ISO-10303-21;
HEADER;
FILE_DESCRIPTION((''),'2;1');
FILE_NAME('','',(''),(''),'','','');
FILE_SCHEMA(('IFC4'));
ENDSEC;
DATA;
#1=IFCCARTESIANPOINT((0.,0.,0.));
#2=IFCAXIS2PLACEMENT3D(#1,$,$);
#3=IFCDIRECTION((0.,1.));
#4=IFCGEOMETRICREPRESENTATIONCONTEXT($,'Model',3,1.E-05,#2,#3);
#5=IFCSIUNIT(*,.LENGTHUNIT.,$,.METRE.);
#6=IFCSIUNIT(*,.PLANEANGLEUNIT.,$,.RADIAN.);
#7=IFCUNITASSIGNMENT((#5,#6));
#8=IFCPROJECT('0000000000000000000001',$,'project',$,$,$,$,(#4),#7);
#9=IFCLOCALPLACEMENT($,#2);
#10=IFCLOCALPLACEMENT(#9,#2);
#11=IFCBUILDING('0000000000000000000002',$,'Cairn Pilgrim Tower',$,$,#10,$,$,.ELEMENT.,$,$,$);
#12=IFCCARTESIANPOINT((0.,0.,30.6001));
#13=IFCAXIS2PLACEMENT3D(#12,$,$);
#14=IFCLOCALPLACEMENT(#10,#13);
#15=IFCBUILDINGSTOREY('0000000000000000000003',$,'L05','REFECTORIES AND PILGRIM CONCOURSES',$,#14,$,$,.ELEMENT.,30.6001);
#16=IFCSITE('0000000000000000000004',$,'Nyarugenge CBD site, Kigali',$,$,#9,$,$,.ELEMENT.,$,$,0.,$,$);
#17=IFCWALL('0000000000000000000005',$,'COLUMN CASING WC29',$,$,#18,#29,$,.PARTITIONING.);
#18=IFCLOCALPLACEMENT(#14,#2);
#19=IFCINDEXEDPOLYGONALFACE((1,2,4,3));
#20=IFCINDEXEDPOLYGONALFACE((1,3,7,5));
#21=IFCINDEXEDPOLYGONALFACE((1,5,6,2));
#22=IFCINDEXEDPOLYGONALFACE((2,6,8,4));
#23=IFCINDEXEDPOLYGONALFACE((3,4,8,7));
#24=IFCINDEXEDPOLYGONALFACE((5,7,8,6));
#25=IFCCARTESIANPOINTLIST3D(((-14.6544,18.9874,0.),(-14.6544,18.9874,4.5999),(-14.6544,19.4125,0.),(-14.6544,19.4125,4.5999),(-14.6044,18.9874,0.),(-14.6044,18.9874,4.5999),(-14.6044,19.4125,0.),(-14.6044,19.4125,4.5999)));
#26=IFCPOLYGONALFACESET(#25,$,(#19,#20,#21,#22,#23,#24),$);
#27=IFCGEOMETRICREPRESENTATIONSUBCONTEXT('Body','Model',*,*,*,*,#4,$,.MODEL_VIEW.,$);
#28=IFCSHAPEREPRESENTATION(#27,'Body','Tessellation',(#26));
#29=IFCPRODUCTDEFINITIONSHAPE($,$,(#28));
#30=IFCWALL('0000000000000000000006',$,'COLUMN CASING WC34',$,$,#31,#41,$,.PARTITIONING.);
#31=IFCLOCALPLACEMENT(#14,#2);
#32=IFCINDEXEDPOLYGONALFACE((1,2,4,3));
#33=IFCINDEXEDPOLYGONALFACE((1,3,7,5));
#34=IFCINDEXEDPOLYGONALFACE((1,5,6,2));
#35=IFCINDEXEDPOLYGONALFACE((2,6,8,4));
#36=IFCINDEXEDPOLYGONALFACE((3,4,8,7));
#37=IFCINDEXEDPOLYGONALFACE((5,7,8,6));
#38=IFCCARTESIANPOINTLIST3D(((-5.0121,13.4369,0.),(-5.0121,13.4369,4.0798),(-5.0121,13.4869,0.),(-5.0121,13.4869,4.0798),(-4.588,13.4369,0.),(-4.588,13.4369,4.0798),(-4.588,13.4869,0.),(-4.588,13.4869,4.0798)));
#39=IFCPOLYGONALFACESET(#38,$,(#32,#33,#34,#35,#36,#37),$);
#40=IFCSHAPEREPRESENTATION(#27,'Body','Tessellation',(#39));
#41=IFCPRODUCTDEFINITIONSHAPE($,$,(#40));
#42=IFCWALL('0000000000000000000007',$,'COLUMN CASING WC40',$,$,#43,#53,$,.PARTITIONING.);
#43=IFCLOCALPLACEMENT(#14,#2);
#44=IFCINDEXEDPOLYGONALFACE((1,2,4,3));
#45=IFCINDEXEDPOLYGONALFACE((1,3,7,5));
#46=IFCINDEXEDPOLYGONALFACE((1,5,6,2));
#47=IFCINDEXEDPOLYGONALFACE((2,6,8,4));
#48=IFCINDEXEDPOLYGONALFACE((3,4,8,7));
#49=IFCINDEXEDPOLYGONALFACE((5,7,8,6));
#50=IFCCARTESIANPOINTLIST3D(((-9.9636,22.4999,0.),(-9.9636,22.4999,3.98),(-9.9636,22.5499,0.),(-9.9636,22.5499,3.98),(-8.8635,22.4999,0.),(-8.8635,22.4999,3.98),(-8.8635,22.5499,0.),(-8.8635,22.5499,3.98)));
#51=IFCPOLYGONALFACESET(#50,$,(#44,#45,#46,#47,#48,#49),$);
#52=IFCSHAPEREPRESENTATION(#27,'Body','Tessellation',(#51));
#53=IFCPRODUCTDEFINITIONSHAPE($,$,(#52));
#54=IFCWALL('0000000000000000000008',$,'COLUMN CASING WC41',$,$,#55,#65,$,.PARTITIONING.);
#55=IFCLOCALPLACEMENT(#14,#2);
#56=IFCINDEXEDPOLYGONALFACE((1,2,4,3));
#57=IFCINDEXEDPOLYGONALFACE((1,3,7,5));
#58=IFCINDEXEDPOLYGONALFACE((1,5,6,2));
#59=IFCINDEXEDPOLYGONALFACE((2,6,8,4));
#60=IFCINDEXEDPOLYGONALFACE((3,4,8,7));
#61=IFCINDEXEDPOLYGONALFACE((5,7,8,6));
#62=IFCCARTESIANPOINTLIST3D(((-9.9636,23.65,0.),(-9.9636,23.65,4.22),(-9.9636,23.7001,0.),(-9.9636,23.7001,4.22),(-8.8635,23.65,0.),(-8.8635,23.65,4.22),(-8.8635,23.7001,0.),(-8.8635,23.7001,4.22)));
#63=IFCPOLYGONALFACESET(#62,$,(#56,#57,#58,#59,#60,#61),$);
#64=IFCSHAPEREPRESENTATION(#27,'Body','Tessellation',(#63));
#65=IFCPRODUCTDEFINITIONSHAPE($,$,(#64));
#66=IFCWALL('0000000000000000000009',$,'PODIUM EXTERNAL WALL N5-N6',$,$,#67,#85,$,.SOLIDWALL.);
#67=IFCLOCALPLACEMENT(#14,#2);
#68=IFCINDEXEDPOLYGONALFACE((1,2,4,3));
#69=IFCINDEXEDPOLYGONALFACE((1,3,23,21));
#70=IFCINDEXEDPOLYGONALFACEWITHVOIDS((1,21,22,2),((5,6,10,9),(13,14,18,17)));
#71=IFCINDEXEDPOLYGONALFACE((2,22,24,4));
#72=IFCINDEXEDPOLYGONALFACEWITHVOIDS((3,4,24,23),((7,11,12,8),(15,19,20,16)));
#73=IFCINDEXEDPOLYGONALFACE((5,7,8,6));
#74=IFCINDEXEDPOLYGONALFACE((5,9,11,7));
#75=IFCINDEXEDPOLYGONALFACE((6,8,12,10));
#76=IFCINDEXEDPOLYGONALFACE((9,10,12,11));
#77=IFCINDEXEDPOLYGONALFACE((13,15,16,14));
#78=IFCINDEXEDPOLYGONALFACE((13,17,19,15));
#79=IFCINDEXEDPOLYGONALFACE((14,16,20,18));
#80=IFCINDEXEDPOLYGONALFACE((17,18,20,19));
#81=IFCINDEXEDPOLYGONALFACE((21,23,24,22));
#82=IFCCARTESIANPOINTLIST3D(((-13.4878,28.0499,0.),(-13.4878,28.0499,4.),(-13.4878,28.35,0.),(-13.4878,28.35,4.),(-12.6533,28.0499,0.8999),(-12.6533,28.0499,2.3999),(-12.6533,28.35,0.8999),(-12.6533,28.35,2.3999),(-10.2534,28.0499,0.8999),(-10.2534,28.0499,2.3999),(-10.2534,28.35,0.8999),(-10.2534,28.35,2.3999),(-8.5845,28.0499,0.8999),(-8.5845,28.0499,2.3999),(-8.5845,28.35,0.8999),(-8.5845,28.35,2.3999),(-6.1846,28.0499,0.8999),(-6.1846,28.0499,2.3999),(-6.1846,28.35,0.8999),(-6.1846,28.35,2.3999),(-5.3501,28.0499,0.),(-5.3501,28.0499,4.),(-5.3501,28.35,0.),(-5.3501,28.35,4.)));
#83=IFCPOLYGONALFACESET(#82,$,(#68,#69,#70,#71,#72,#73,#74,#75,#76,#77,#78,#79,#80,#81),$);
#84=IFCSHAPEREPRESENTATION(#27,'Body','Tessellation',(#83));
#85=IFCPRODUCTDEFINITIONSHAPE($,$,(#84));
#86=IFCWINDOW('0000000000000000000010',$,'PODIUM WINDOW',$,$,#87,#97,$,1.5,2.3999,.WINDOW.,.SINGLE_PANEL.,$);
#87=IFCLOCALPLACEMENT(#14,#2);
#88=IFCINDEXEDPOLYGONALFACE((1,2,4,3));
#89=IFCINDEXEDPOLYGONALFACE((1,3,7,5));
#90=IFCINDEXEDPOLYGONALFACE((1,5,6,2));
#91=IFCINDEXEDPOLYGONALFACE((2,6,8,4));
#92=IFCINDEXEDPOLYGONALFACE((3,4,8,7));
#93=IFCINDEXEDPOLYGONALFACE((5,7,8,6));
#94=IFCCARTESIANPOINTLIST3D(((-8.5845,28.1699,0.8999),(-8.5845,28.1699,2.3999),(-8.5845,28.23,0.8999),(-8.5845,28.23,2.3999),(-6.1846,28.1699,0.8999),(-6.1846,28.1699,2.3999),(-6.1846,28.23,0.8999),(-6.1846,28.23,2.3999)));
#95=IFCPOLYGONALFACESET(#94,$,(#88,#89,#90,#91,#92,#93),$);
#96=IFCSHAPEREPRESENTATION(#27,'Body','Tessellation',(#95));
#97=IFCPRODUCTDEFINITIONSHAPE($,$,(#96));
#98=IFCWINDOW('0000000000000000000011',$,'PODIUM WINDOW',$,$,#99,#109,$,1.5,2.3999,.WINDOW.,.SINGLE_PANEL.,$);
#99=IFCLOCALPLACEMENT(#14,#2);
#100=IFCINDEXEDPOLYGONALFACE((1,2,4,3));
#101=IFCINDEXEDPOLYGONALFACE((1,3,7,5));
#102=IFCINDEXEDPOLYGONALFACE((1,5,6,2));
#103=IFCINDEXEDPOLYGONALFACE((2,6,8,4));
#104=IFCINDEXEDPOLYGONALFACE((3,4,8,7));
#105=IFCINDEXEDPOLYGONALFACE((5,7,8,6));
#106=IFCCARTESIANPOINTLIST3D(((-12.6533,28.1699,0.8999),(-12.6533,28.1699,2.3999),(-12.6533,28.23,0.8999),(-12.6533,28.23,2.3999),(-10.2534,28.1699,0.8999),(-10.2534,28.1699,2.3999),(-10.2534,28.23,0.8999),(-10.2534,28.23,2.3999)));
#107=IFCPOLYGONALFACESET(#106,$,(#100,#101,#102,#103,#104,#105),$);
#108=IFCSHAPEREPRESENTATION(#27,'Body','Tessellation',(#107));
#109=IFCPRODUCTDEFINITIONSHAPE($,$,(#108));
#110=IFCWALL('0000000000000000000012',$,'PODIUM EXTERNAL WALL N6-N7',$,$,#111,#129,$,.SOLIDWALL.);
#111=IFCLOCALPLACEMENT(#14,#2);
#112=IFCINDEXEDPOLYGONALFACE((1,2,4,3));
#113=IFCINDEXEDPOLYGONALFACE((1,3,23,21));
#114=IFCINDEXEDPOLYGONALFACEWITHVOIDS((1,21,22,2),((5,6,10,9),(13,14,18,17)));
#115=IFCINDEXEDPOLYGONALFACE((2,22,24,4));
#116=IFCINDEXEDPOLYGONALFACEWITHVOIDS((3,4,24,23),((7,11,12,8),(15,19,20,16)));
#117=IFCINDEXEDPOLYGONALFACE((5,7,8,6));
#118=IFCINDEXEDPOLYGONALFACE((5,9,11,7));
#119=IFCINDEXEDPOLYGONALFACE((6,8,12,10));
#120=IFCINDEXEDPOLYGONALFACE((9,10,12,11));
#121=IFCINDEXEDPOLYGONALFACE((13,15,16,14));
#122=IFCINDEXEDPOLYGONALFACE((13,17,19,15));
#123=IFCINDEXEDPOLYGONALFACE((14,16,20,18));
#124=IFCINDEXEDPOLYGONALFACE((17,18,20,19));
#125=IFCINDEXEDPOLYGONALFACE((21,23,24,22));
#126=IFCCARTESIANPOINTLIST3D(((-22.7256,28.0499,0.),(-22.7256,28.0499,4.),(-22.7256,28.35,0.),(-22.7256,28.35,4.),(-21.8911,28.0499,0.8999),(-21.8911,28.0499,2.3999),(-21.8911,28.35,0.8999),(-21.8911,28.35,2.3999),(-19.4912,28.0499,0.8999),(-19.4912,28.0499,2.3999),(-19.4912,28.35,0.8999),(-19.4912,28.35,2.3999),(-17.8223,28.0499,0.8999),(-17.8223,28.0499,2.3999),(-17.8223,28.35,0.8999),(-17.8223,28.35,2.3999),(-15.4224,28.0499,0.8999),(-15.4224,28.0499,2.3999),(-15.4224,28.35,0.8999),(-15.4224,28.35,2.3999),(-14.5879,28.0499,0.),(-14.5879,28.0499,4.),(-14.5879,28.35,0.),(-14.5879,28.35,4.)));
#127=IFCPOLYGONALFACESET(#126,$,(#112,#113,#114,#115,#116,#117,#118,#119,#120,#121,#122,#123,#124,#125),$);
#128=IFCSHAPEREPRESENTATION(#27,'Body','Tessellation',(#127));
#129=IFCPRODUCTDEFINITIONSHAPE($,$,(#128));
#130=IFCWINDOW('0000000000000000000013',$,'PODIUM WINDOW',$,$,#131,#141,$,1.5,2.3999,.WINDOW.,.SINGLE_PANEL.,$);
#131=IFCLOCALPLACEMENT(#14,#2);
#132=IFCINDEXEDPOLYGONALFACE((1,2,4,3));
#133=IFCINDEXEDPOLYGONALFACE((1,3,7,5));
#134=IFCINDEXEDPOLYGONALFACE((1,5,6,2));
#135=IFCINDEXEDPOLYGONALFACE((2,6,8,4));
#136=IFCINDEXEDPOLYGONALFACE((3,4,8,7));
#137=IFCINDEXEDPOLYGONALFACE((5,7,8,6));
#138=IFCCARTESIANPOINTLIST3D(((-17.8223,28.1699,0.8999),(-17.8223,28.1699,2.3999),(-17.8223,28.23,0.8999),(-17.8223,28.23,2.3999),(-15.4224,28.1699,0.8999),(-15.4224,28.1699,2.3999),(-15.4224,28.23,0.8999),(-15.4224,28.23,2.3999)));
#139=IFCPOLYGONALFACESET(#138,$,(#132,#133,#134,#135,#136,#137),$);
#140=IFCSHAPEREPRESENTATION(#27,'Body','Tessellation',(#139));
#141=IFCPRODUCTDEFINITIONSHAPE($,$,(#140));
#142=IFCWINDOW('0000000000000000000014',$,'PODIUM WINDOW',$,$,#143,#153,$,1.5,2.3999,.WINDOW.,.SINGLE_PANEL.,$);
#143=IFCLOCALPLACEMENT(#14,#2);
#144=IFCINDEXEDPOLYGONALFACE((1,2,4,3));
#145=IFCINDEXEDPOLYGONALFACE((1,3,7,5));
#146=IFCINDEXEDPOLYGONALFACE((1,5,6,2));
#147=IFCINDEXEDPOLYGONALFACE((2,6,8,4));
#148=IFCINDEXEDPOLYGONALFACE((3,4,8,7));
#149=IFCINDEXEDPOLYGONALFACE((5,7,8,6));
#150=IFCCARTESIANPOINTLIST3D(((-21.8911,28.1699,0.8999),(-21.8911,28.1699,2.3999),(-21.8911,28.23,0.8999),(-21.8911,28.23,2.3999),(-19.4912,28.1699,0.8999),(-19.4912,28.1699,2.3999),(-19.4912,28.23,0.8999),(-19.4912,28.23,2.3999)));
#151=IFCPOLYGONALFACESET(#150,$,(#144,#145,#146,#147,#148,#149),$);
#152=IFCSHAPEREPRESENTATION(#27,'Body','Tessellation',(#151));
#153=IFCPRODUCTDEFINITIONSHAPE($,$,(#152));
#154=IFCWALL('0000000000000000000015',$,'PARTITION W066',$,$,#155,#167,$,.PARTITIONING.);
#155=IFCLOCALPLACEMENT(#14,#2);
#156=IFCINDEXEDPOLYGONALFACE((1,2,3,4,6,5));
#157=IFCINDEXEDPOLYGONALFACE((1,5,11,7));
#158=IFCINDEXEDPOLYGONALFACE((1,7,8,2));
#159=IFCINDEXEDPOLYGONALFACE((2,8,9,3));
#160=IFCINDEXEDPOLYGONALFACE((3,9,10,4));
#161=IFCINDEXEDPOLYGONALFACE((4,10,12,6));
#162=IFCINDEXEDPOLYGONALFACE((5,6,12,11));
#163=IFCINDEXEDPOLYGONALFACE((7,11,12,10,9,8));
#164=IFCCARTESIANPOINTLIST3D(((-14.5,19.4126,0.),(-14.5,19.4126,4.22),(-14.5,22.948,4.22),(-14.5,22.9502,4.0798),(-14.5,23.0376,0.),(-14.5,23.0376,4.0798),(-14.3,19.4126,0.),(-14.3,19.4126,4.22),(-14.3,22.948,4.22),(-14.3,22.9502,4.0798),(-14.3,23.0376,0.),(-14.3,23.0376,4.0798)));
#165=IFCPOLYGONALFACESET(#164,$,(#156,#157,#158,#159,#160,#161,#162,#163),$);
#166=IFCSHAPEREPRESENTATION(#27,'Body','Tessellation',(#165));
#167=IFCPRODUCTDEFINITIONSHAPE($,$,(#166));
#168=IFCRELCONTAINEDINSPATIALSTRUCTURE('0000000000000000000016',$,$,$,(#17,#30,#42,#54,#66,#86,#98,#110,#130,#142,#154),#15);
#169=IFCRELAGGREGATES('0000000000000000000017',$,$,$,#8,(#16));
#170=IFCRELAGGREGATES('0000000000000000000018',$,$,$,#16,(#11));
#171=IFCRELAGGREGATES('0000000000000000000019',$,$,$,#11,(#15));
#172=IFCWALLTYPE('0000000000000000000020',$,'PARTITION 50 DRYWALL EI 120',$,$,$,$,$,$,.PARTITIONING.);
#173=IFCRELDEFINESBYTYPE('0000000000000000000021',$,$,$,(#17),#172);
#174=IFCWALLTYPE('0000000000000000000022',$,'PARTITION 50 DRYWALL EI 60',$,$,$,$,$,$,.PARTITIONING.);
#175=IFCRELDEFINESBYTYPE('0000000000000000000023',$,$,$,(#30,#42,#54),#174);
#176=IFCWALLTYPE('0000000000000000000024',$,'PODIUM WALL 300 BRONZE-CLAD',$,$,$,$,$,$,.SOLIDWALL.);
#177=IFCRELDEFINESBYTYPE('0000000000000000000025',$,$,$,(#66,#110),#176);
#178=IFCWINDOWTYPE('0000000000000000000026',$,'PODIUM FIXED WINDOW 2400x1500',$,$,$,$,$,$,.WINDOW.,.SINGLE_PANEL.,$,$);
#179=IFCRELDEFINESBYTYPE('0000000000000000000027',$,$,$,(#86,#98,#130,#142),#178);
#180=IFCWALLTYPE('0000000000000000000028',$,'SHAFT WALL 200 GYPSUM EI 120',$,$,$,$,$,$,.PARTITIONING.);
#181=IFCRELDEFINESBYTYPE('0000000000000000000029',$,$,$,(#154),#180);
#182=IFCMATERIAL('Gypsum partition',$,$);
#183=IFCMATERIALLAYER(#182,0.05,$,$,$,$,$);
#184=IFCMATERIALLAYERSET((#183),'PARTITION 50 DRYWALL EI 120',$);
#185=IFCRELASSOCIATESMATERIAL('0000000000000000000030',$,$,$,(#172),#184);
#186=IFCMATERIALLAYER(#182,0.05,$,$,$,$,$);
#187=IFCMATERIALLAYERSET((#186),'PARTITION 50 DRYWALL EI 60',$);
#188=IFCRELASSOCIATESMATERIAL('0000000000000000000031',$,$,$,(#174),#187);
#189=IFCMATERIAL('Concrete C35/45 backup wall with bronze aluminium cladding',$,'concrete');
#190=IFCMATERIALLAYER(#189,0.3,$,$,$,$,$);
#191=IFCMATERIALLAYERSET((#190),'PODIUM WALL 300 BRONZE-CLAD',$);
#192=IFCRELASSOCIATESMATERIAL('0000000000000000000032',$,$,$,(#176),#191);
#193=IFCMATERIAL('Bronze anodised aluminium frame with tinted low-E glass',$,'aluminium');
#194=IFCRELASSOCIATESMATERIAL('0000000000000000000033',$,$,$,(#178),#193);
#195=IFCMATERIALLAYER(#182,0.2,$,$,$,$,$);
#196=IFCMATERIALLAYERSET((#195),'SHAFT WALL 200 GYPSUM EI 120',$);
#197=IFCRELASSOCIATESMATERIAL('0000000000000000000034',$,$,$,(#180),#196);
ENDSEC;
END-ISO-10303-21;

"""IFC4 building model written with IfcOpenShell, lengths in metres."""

from ifc_helpers import new_model, si_unit, direction, frame, frame_2d, origin, place, context, subcontext, project, spatial, polyline, rectangle, outline, extrude, material, layer, layer_set, type_object, element, fill, save


model = new_model("IFC4")

# Units and contexts
model_context = context("Model", 3, precision=1e-05, world=origin(), true_north=direction((0.0, 1.0)))
body_context = subcontext(model_context, "Body", "Model", "MODEL_VIEW")
ifc_project = project(units=[si_unit("LENGTHUNIT", "METRE"), si_unit("PLANEANGLEUNIT", "RADIAN")], contexts=[model_context])

# Site, building, storey
site_placement = place(None, origin())
site = spatial("IfcSite", under=ifc_project, at=site_placement, Name="Nyarugenge CBD site, Kigali", CompositionType="ELEMENT", RefElevation=0.0)
building_placement = place(site_placement, origin())
building = spatial("IfcBuilding", under=site, at=building_placement, Name="Cairn Pilgrim Tower", CompositionType="ELEMENT")
storey_placement = place(building_placement, frame((0.0, 0.0, 30.6001)))
storey = spatial("IfcBuildingStorey", under=building, at=storey_placement, Name="L05", Description="REFECTORIES AND PILGRIM CONCOURSES", CompositionType="ELEMENT", Elevation=30.6001)

# Walls
ifc_material_1 = material(Name="Gypsum partition")
ifc_layer_1 = layer(ifc_material_1, 0.05)
ifc_layer_set_1 = layer_set([ifc_layer_1], Name="PARTITION 50 DRYWALL EI 120")
wall_type_1 = type_object("IfcWallType", Name="PARTITION 50 DRYWALL EI 120", PredefinedType="PARTITIONING", material=ifc_layer_set_1)
wall_1_placement = place(storey_placement, frame((-14.6294, 18.9875, 0.0), z_axis=(0.0, 0.0, 1.0), x_axis=(0.0, 1.0, 0.0)))
element("IfcWall", 1, at=wall_1_placement, inside=storey, type_object=wall_type_1, Name="COLUMN CASING WC29", PredefinedType="PARTITIONING", context=body_context, shape_type="SweptSolid", body=[
    extrude(rectangle(XDim=0.425, YDim=0.05, at=frame_2d((0.2124, 0.0))), origin(), (0.0, 0.0, 1.0), 4.5999),
])
ifc_layer_2 = layer(ifc_material_1, 0.05)
ifc_layer_set_2 = layer_set([ifc_layer_2], Name="PARTITION 50 DRYWALL EI 60")
wall_type_2 = type_object("IfcWallType", Name="PARTITION 50 DRYWALL EI 60", PredefinedType="PARTITIONING", material=ifc_layer_set_2)
wall_2_placement = place(storey_placement, frame((-5.012, 13.4619, 0.0), z_axis=(0.0, 0.0, 1.0), x_axis=(1.0, 0.0, 0.0)))
element("IfcWall", 2, at=wall_2_placement, inside=storey, type_object=wall_type_2, Name="COLUMN CASING WC34", PredefinedType="PARTITIONING", context=body_context, shape_type="SweptSolid", body=[
    extrude(rectangle(XDim=0.4241, YDim=0.05, at=frame_2d((0.2119, 0.0))), origin(), (0.0, 0.0, 1.0), 4.0798),
])
wall_3_placement = place(storey_placement, frame((-9.9636, 22.5249, 0.0), z_axis=(0.0, 0.0, 1.0), x_axis=(1.0, 0.0, 0.0)))
element("IfcWall", 3, at=wall_3_placement, inside=storey, type_object=wall_type_2, Name="COLUMN CASING WC40", PredefinedType="PARTITIONING", context=body_context, shape_type="SweptSolid", body=[
    extrude(rectangle(XDim=1.1001, YDim=0.05, at=frame_2d((0.55, 0.0))), origin(), (0.0, 0.0, 1.0), 3.98),
])
wall_4_placement = place(storey_placement, frame((-9.9636, 23.675, 0.0), z_axis=(0.0, 0.0, 1.0), x_axis=(1.0, 0.0, 0.0)))
element("IfcWall", 4, at=wall_4_placement, inside=storey, type_object=wall_type_2, Name="COLUMN CASING WC41", PredefinedType="PARTITIONING", context=body_context, shape_type="SweptSolid", body=[
    extrude(rectangle(XDim=1.1001, YDim=0.05, at=frame_2d((0.55, 0.0))), origin(), (0.0, 0.0, 1.0), 4.22),
])

# Walls, openings, windows
ifc_material_2 = material(Name="Concrete C35/45 backup wall with bronze aluminium cladding", Category="concrete")
ifc_layer_3 = layer(ifc_material_2, 0.3)
ifc_layer_set_3 = layer_set([ifc_layer_3], Name="PODIUM WALL 300 BRONZE-CLAD")
wall_type_3 = type_object("IfcWallType", Name="PODIUM WALL 300 BRONZE-CLAD", PredefinedType="SOLIDWALL", material=ifc_layer_set_3)
wall_5_placement = place(storey_placement, frame((-5.3501, 28.2, 0.0), z_axis=(0.0, 0.0, 1.0), x_axis=(-1.0, 0.0, 0.0)))
wall_5 = element("IfcWall", 5, at=wall_5_placement, inside=storey, type_object=wall_type_3, Name="PODIUM EXTERNAL WALL N5-N6", PredefinedType="SOLIDWALL", context=body_context, shape_type="SweptSolid", body=[
    extrude(rectangle(XDim=8.1377, YDim=0.3, at=frame_2d((4.0688, 0.0))), origin(), (0.0, 0.0, 1.0), 4.0),
])
opening_1_placement = place(wall_5_placement, frame((0.8345, 0.0, 0.8999)))
opening_1 = element("IfcOpeningElement", 6, at=opening_1_placement, cuts=wall_5, PredefinedType="OPENING", context=body_context, shape_type="SweptSolid", body=[
    extrude(rectangle(XDim=2.3999, YDim=1.5, at=frame_2d((1.2, 0.75))), frame((0.0, 0.1602, 0.0), z_axis=(0.0, -1.0, 0.0), x_axis=(1.0, 0.0, 0.0)), (0.0, 0.0, 1.0), 0.3201),
])
opening_2_placement = place(wall_5_placement, frame((4.9033, 0.0, 0.8999)))
opening_2 = element("IfcOpeningElement", 7, at=opening_2_placement, cuts=wall_5, PredefinedType="OPENING", context=body_context, shape_type="SweptSolid", body=[
    extrude(rectangle(XDim=2.3999, YDim=1.5, at=frame_2d((1.2, 0.75))), frame((0.0, 0.1602, 0.0), z_axis=(0.0, -1.0, 0.0), x_axis=(1.0, 0.0, 0.0)), (0.0, 0.0, 1.0), 0.3201),
])
ifc_material_3 = material(Name="Bronze anodised aluminium frame with tinted low-E glass", Category="aluminium")
window_type = type_object("IfcWindowType", Name="PODIUM FIXED WINDOW 2400x1500", PartitioningType="SINGLE_PANEL", PredefinedType="WINDOW", material=ifc_material_3)
window_1_placement = place(opening_1_placement, origin())
window_1 = element("IfcWindow", 8, at=window_1_placement, inside=storey, type_object=window_type, Name="PODIUM WINDOW", OverallHeight=1.5, OverallWidth=2.3999, PartitioningType="SINGLE_PANEL", PredefinedType="WINDOW", context=body_context, shape_type="SweptSolid", body=[
    extrude(rectangle(XDim=2.3999, YDim=1.5, at=frame_2d((1.2, 0.75))), frame((0.0, 0.03, 0.0), z_axis=(0.0, -1.0, 0.0), x_axis=(1.0, 0.0, 0.0)), (0.0, 0.0, 1.0), 0.0601),
])
fill(opening_1, window_1)
window_2_placement = place(opening_2_placement, origin())
window_2 = element("IfcWindow", 9, at=window_2_placement, inside=storey, type_object=window_type, Name="PODIUM WINDOW", OverallHeight=1.5, OverallWidth=2.3999, PartitioningType="SINGLE_PANEL", PredefinedType="WINDOW", context=body_context, shape_type="SweptSolid", body=[
    extrude(rectangle(XDim=2.3999, YDim=1.5, at=frame_2d((1.2, 0.75))), frame((0.0, 0.03, 0.0), z_axis=(0.0, -1.0, 0.0), x_axis=(1.0, 0.0, 0.0)), (0.0, 0.0, 1.0), 0.0601),
])
fill(opening_2, window_2)
wall_6_placement = place(storey_placement, frame((-14.5879, 28.2, 0.0), z_axis=(0.0, 0.0, 1.0), x_axis=(-1.0, 0.0, 0.0)))
wall_6 = element("IfcWall", 10, at=wall_6_placement, inside=storey, type_object=wall_type_3, Name="PODIUM EXTERNAL WALL N6-N7", PredefinedType="SOLIDWALL", context=body_context, shape_type="SweptSolid", body=[
    extrude(rectangle(XDim=8.1377, YDim=0.3, at=frame_2d((4.0688, 0.0))), origin(), (0.0, 0.0, 1.0), 4.0),
])
opening_3_placement = place(wall_6_placement, frame((0.8345, 0.0, 0.8999)))
opening_3 = element("IfcOpeningElement", 11, at=opening_3_placement, cuts=wall_6, PredefinedType="OPENING", context=body_context, shape_type="SweptSolid", body=[
    extrude(rectangle(XDim=2.3999, YDim=1.5, at=frame_2d((1.2, 0.75))), frame((0.0, 0.1602, 0.0), z_axis=(0.0, -1.0, 0.0), x_axis=(1.0, 0.0, 0.0)), (0.0, 0.0, 1.0), 0.3201),
])
opening_4_placement = place(wall_6_placement, frame((4.9033, 0.0, 0.8999)))
opening_4 = element("IfcOpeningElement", 12, at=opening_4_placement, cuts=wall_6, PredefinedType="OPENING", context=body_context, shape_type="SweptSolid", body=[
    extrude(rectangle(XDim=2.3999, YDim=1.5, at=frame_2d((1.2, 0.75))), frame((0.0, 0.1602, 0.0), z_axis=(0.0, -1.0, 0.0), x_axis=(1.0, 0.0, 0.0)), (0.0, 0.0, 1.0), 0.3201),
])
window_3_placement = place(opening_3_placement, origin())
window_3 = element("IfcWindow", 13, at=window_3_placement, inside=storey, type_object=window_type, Name="PODIUM WINDOW", OverallHeight=1.5, OverallWidth=2.3999, PartitioningType="SINGLE_PANEL", PredefinedType="WINDOW", context=body_context, shape_type="SweptSolid", body=[
    extrude(rectangle(XDim=2.3999, YDim=1.5, at=frame_2d((1.2, 0.75))), frame((0.0, 0.03, 0.0), z_axis=(0.0, -1.0, 0.0), x_axis=(1.0, 0.0, 0.0)), (0.0, 0.0, 1.0), 0.0601),
])
fill(opening_3, window_3)
window_4_placement = place(opening_4_placement, origin())
window_4 = element("IfcWindow", 14, at=window_4_placement, inside=storey, type_object=window_type, Name="PODIUM WINDOW", OverallHeight=1.5, OverallWidth=2.3999, PartitioningType="SINGLE_PANEL", PredefinedType="WINDOW", context=body_context, shape_type="SweptSolid", body=[
    extrude(rectangle(XDim=2.3999, YDim=1.5, at=frame_2d((1.2, 0.75))), frame((0.0, 0.03, 0.0), z_axis=(0.0, -1.0, 0.0), x_axis=(1.0, 0.0, 0.0)), (0.0, 0.0, 1.0), 0.0601),
])
fill(opening_4, window_4)

# Wall
ifc_layer_4 = layer(ifc_material_1, 0.2)
ifc_layer_set_4 = layer_set([ifc_layer_4], Name="SHAFT WALL 200 GYPSUM EI 120")
wall_type_4 = type_object("IfcWallType", Name="SHAFT WALL 200 GYPSUM EI 120", PredefinedType="PARTITIONING", material=ifc_layer_set_4)
wall_7_placement = place(storey_placement, frame((-14.3999, 19.4126, 0.0), z_axis=(0.0, 0.0, 1.0), x_axis=(0.0, 1.0, 0.0)))
element("IfcWall", 15, at=wall_7_placement, inside=storey, type_object=wall_type_4, Name="PARTITION W066", PredefinedType="PARTITIONING", context=body_context, shape_type="SweptSolid", body=[
    extrude(outline(polyline([(0.0, 0.0), (3.625, 0.0), (3.625, 4.0798), (3.5376, 4.0798), (3.5354, 4.22), (0.0, 4.22), (0.0, 0.0)])), frame((0.0, 0.1001, 0.0), z_axis=(0.0, -1.0, 0.0), x_axis=(1.0, 0.0, 0.0)), (0.0, 0.0, 1.0), 0.2),
])

save(model, "model.ifc")
